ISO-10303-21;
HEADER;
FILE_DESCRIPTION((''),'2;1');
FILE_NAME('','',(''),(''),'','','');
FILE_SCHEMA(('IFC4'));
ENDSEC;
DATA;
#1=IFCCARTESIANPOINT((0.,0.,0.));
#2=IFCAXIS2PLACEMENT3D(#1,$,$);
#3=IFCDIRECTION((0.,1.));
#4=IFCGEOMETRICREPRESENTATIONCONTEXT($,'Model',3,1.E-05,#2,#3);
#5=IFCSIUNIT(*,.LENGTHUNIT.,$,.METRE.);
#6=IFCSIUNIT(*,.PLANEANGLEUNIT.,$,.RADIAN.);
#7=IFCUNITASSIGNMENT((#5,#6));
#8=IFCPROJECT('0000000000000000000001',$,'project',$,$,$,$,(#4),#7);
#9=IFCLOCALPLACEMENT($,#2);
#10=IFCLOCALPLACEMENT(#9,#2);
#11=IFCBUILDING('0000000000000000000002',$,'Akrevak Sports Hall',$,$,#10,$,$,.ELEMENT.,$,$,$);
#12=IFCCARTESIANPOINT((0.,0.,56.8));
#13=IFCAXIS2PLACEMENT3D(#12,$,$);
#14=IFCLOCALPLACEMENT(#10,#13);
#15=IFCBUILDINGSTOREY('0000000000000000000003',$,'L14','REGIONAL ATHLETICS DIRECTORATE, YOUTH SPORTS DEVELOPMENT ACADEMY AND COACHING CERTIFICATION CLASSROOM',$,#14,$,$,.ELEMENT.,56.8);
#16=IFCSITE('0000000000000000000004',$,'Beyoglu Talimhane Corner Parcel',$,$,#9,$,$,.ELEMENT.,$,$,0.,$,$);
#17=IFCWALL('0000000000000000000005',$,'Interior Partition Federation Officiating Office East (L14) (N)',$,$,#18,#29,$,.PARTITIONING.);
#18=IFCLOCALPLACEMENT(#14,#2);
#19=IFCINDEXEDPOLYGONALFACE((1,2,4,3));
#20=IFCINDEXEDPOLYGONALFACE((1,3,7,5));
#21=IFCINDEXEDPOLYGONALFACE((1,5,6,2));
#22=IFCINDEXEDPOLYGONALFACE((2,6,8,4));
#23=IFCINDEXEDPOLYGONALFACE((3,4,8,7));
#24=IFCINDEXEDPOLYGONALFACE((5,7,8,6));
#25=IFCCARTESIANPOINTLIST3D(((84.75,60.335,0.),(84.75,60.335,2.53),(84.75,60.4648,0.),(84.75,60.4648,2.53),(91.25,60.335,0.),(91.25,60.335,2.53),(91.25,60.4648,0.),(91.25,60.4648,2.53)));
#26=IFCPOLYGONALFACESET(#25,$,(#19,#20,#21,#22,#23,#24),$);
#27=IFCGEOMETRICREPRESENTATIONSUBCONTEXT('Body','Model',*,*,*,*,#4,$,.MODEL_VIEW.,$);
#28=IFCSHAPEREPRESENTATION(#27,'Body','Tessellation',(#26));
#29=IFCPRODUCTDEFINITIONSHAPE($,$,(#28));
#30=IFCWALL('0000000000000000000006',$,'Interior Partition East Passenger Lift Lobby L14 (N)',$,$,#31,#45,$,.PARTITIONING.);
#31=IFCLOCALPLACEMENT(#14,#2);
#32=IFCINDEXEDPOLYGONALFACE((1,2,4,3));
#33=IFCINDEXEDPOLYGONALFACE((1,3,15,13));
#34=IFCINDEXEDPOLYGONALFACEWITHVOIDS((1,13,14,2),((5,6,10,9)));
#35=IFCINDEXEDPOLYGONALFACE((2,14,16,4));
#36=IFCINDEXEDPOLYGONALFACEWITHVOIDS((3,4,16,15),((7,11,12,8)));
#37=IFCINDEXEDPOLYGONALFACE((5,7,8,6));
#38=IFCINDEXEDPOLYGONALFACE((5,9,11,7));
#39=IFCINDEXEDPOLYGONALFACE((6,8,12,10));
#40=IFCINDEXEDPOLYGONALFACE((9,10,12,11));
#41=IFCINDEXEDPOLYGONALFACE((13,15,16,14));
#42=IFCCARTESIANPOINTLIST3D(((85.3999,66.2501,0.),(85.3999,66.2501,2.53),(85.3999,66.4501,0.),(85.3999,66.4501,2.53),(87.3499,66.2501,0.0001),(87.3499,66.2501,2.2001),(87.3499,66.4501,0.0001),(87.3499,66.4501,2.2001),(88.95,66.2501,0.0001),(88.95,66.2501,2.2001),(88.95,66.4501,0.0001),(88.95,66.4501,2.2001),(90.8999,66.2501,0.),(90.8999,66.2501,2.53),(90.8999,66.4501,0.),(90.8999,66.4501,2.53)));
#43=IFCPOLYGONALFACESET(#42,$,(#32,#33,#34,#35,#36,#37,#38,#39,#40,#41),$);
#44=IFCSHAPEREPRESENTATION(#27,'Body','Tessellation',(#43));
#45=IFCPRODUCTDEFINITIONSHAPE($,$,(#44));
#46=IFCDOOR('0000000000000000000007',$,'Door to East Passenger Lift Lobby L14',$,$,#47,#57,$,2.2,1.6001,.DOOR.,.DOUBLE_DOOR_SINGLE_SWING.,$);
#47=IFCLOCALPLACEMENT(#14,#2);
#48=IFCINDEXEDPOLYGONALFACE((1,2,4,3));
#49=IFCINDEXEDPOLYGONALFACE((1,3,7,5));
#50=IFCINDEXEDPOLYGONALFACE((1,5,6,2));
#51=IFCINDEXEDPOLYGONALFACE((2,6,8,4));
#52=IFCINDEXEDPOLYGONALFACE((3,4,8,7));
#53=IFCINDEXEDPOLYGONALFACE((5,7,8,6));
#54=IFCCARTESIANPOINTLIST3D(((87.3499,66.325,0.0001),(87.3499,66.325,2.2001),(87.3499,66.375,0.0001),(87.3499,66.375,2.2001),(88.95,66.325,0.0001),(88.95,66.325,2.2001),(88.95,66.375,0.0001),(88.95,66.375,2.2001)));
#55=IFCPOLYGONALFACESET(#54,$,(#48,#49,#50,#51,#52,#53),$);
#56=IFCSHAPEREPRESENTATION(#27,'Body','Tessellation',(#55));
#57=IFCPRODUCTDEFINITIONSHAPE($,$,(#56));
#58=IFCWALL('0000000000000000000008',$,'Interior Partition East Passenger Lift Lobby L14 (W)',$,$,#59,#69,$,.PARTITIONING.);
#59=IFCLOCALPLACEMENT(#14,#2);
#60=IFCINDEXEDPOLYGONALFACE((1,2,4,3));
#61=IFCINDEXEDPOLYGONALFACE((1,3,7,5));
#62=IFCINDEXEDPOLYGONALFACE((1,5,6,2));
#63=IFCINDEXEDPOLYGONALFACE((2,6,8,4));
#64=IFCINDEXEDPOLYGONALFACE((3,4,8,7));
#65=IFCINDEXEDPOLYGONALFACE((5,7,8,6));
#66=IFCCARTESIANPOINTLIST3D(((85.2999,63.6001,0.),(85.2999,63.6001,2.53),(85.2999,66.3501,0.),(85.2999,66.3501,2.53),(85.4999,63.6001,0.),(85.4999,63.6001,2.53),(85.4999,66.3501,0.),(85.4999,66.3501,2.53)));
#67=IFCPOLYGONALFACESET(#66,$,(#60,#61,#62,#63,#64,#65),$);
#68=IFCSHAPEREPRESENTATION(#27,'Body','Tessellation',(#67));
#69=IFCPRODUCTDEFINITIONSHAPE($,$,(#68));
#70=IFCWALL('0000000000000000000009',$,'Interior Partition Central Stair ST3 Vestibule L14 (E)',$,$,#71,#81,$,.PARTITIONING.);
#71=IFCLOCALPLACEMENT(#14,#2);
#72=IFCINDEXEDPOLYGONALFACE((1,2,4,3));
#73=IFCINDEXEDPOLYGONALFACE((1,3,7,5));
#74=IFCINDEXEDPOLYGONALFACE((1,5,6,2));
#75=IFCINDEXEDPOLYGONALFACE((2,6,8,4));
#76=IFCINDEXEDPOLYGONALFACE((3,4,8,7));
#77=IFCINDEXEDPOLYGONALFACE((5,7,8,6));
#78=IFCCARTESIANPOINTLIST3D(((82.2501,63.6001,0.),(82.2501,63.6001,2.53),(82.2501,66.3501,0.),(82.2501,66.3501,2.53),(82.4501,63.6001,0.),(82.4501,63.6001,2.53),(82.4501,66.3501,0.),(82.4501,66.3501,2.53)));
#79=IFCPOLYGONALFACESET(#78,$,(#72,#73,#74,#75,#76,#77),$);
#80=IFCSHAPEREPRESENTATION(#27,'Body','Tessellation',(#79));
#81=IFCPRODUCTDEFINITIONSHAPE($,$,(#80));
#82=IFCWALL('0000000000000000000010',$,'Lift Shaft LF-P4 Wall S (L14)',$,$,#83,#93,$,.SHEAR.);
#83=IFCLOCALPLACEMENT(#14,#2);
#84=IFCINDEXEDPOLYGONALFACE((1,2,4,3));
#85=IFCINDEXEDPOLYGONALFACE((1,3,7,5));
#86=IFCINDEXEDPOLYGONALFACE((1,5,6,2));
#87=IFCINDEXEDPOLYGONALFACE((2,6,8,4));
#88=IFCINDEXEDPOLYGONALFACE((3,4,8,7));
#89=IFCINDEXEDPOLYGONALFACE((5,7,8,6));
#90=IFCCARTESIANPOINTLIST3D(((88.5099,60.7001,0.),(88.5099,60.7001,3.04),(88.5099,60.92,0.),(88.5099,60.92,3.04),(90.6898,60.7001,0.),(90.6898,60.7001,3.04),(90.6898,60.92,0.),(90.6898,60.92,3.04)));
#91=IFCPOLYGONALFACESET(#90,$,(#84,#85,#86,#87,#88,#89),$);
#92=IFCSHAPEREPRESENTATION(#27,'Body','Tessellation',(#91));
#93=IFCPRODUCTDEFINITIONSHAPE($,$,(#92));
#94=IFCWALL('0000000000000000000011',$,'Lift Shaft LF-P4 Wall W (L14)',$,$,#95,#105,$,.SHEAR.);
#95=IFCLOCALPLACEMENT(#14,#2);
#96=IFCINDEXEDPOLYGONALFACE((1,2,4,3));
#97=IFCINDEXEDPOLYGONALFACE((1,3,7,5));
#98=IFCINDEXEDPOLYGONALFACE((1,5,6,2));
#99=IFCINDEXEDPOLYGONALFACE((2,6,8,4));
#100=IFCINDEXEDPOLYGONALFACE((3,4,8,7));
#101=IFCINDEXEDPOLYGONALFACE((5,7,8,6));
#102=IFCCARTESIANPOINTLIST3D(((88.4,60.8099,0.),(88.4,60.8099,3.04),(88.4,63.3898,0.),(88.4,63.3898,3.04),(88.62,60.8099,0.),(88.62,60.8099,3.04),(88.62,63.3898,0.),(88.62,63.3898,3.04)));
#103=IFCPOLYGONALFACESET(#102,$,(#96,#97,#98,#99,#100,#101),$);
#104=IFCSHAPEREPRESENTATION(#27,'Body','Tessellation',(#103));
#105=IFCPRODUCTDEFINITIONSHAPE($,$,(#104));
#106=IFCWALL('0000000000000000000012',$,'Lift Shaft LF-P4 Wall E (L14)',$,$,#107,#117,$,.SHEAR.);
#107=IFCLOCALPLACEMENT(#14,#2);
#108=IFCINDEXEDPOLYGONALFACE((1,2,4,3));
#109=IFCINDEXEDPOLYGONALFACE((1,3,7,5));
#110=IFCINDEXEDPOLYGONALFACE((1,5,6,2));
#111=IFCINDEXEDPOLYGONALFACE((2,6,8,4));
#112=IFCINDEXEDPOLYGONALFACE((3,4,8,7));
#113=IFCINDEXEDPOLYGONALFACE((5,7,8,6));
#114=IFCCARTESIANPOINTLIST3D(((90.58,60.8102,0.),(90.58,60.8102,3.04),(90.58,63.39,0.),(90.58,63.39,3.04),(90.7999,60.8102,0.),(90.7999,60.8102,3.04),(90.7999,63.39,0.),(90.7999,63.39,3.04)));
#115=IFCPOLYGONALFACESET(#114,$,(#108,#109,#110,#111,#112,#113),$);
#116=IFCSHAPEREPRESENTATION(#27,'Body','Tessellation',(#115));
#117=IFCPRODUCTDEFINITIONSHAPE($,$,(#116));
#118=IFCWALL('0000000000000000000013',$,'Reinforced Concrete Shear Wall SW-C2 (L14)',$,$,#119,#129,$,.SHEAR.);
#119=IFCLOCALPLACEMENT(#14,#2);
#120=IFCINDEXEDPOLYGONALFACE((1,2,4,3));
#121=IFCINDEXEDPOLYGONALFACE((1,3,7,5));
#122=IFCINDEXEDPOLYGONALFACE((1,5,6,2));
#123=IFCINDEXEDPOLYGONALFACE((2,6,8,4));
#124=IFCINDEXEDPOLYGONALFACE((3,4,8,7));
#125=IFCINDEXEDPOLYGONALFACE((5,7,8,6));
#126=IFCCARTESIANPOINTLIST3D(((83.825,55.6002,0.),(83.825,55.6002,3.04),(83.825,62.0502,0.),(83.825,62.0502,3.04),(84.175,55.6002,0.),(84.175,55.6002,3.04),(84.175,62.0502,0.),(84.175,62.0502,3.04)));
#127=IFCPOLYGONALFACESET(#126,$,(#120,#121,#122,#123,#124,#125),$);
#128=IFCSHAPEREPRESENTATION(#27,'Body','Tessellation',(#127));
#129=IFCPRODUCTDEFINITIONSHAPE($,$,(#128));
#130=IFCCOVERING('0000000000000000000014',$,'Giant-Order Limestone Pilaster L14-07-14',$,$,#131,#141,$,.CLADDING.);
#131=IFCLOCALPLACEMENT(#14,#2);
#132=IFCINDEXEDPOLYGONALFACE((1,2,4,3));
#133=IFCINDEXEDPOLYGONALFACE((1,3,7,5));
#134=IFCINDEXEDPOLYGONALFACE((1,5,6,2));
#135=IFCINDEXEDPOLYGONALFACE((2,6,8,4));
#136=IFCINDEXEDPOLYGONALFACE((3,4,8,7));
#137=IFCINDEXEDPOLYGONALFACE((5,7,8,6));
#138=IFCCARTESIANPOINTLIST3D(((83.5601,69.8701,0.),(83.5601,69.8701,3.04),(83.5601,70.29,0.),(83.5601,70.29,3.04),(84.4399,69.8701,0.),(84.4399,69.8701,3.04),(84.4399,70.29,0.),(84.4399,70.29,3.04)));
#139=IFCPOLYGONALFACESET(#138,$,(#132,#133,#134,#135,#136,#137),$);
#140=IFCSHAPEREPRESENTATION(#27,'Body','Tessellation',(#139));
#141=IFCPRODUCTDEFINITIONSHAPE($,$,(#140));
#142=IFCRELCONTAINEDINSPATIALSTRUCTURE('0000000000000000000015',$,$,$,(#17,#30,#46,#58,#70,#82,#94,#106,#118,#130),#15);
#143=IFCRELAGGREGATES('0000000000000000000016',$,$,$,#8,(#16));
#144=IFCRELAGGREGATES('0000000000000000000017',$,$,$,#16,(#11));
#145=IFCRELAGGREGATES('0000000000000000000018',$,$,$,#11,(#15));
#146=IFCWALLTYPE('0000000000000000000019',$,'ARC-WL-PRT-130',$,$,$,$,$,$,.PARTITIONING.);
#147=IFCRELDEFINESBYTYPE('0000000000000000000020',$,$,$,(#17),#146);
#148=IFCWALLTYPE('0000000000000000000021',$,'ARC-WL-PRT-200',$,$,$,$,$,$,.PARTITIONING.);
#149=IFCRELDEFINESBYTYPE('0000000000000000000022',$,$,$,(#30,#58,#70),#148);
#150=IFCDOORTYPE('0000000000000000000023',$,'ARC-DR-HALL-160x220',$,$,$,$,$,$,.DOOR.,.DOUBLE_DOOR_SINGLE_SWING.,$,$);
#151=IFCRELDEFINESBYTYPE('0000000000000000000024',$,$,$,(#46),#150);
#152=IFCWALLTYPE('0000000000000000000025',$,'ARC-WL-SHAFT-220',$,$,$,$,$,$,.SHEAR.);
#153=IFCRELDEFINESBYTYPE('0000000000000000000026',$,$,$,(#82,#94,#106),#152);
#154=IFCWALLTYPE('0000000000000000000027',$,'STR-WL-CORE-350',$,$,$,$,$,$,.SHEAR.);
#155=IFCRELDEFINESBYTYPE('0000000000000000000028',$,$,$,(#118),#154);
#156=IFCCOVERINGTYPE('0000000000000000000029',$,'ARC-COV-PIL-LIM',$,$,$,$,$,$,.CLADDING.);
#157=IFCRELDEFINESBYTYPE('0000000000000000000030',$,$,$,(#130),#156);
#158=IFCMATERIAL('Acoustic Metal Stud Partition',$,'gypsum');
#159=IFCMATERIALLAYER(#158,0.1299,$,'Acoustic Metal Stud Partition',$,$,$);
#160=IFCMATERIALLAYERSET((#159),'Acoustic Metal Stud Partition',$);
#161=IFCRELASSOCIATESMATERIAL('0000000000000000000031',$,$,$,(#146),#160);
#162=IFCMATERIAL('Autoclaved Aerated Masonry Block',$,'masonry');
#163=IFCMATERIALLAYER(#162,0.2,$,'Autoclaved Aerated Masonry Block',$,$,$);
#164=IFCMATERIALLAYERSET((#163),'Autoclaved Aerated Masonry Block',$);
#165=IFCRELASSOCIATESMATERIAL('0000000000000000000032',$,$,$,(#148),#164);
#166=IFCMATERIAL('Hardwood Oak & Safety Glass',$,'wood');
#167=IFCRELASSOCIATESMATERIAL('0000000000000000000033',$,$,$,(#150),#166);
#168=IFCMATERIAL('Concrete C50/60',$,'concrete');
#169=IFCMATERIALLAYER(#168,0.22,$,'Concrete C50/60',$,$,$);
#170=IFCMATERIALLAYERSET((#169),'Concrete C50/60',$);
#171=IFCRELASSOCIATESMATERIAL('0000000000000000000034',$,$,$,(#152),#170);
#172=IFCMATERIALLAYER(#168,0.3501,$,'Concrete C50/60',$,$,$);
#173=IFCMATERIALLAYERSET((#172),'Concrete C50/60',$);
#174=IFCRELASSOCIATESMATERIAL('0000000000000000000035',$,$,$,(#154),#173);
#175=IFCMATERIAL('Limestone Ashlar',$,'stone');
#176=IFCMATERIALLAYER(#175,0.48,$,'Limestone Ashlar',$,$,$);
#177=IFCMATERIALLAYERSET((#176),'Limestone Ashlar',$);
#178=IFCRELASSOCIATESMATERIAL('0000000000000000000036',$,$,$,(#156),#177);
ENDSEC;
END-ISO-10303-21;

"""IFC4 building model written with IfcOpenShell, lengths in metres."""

from ifc_helpers import new_model, si_unit, direction, frame, frame_2d, origin, origin_2d, place, context, subcontext, project, spatial, rectangle, extrude, material, layer, layer_set, type_object, element, fill, save


model = new_model("IFC4")

# Units and contexts
model_context = context("Model", 3, precision=1e-05, world=origin(), true_north=direction((0.0, 1.0)))
body_context = subcontext(model_context, "Body", "Model", "MODEL_VIEW")
ifc_project = project(units=[si_unit("LENGTHUNIT", "METRE"), si_unit("PLANEANGLEUNIT", "RADIAN")], contexts=[model_context])

# Site, building, storey
site_placement = place(None, origin())
site = spatial("IfcSite", under=ifc_project, at=site_placement, Name="Beyoglu Talimhane Corner Parcel", CompositionType="ELEMENT", RefElevation=0.0)
building_placement = place(site_placement, origin())
building = spatial("IfcBuilding", under=site, at=building_placement, Name="Akrevak Sports Hall", CompositionType="ELEMENT")
storey_placement = place(building_placement, frame((0.0, 0.0, 56.8)))
storey = spatial("IfcBuildingStorey", under=building, at=storey_placement, Name="L14", Description="REGIONAL ATHLETICS DIRECTORATE, YOUTH SPORTS DEVELOPMENT ACADEMY AND COACHING CERTIFICATION CLASSROOM", CompositionType="ELEMENT", Elevation=56.8)

# Wall
ifc_material_1 = material(Name="Acoustic Metal Stud Partition", Category="gypsum")
ifc_layer_1 = layer(ifc_material_1, 0.1299, Name="Acoustic Metal Stud Partition")
ifc_layer_set_1 = layer_set([ifc_layer_1], Name="Acoustic Metal Stud Partition")
wall_type_1 = type_object("IfcWallType", Name="ARC-WL-PRT-130", PredefinedType="PARTITIONING", material=ifc_layer_set_1)
wall_1_placement = place(storey_placement, frame((84.75, 60.3999, 0.0), z_axis=(0.0, 0.0, 1.0), x_axis=(1.0, 0.0, 0.0)))
element("IfcWall", 1, at=wall_1_placement, inside=storey, type_object=wall_type_1, Name="Interior Partition Federation Officiating Office East (L14) (N)", PredefinedType="PARTITIONING", context=body_context, shape_type="SweptSolid", body=[
    extrude(rectangle(XDim=6.5, YDim=0.1299, at=frame_2d((3.25, 0.0))), origin(), (0.0, 0.0, 1.0), 2.53),
])

# Wall, opening, door
ifc_material_2 = material(Name="Autoclaved Aerated Masonry Block", Category="masonry")
ifc_layer_2 = layer(ifc_material_2, 0.2, Name="Autoclaved Aerated Masonry Block")
ifc_layer_set_2 = layer_set([ifc_layer_2], Name="Autoclaved Aerated Masonry Block")
wall_type_2 = type_object("IfcWallType", Name="ARC-WL-PRT-200", PredefinedType="PARTITIONING", material=ifc_layer_set_2)
wall_2_placement = place(storey_placement, frame((85.3999, 66.3501, 0.0), z_axis=(0.0, 0.0, 1.0), x_axis=(1.0, 0.0, 0.0)))
wall_2 = element("IfcWall", 2, at=wall_2_placement, inside=storey, type_object=wall_type_2, Name="Interior Partition East Passenger Lift Lobby L14 (N)", PredefinedType="PARTITIONING", context=body_context, shape_type="SweptSolid", body=[
    extrude(rectangle(XDim=5.5, YDim=0.2, at=frame_2d((2.75, 0.0))), origin(), (0.0, 0.0, 1.0), 2.53),
])
opening_placement = place(wall_2_placement, frame((1.95, 0.0, 0.0)))
opening = element("IfcOpeningElement", 3, at=opening_placement, cuts=wall_2, PredefinedType="OPENING", context=body_context, shape_type="SweptSolid", body=[
    extrude(rectangle(XDim=1.6001, YDim=2.2, at=frame_2d((0.8, 1.1001))), frame((0.0, 0.1118, 0.0), z_axis=(0.0, -1.0, 0.0), x_axis=(1.0, 0.0, 0.0)), (0.0, 0.0, 1.0), 0.2239),
])
ifc_material_3 = material(Name="Hardwood Oak & Safety Glass", Category="wood")
door_type = type_object("IfcDoorType", Name="ARC-DR-HALL-160x220", OperationType="DOUBLE_DOOR_SINGLE_SWING", PredefinedType="DOOR", material=ifc_material_3)
door_placement = place(opening_placement, origin())
door = element("IfcDoor", 4, at=door_placement, inside=storey, type_object=door_type, Name="Door to East Passenger Lift Lobby L14", OperationType="DOUBLE_DOOR_SINGLE_SWING", OverallHeight=2.2, OverallWidth=1.6001, PredefinedType="DOOR", context=body_context, shape_type="SweptSolid", body=[
    extrude(rectangle(XDim=1.6001, YDim=2.2, at=frame_2d((0.8, 1.1001))), frame((0.0, 0.0249, 0.0), z_axis=(0.0, -1.0, 0.0), x_axis=(1.0, 0.0, 0.0)), (0.0, 0.0, 1.0), 0.05),
])
fill(opening, door)

# Walls
for number, where, z_axis, x_axis, name in (
    (5, (85.3999, 63.6001, 0.0), (0.0, 0.0, 1.0), (0.0, 1.0, 0.0), "Interior Partition East Passenger Lift Lobby L14 (W)"),
    (6, (82.3501, 63.6001, 0.0), (0.0, 0.0, 1.0), (0.0, 1.0, 0.0), "Interior Partition Central Stair ST3 Vestibule L14 (E)"),
):
    element("IfcWall", number, at=place(storey_placement, frame(where, z_axis=z_axis, x_axis=x_axis)), inside=storey, type_object=wall_type_2, Name=name, PredefinedType="PARTITIONING", context=body_context, shape_type="SweptSolid", body=[
        extrude(rectangle(XDim=2.75, YDim=0.2, at=frame_2d((1.375, 0.0))), origin(), (0.0, 0.0, 1.0), 2.53),
    ])
ifc_material_4 = material(Name="Concrete C50/60", Category="concrete")
ifc_layer_3 = layer(ifc_material_4, 0.22, Name="Concrete C50/60")
ifc_layer_set_3 = layer_set([ifc_layer_3], Name="Concrete C50/60")
wall_type_3 = type_object("IfcWallType", Name="ARC-WL-SHAFT-220", PredefinedType="SHEAR", material=ifc_layer_set_3)
wall_3_placement = place(storey_placement, frame((88.51, 60.8101, 0.0), z_axis=(0.0, 0.0, 1.0), x_axis=(1.0, 0.0, 0.0)))
element("IfcWall", 7, at=wall_3_placement, inside=storey, type_object=wall_type_3, Name="Lift Shaft LF-P4 Wall S (L14)", PredefinedType="SHEAR", context=body_context, shape_type="SweptSolid", body=[
    extrude(rectangle(XDim=2.1799, YDim=0.22, at=frame_2d((1.0898, 0.0))), origin(), (0.0, 0.0, 1.0), 3.04),
])
for number, where, z_axis, x_axis, name in (
    (8, (88.51, 63.3899, 0.0), (0.0, 0.0, 1.0), (0.0, -1.0, 0.0), "Lift Shaft LF-P4 Wall W (L14)"),
    (9, (90.6899, 60.8101, 0.0), (0.0, 0.0, 1.0), (0.0, 1.0, 0.0), "Lift Shaft LF-P4 Wall E (L14)"),
):
    element("IfcWall", number, at=place(storey_placement, frame(where, z_axis=z_axis, x_axis=x_axis)), inside=storey, type_object=wall_type_3, Name=name, PredefinedType="SHEAR", context=body_context, shape_type="SweptSolid", body=[
        extrude(rectangle(XDim=2.5798, YDim=0.22, at=frame_2d((1.29, 0.0))), origin(), (0.0, 0.0, 1.0), 3.04),
    ])
ifc_layer_4 = layer(ifc_material_4, 0.3501, Name="Concrete C50/60")
ifc_layer_set_4 = layer_set([ifc_layer_4], Name="Concrete C50/60")
wall_type_4 = type_object("IfcWallType", Name="STR-WL-CORE-350", PredefinedType="SHEAR", material=ifc_layer_set_4)
wall_4_placement = place(storey_placement, frame((84.0, 55.6001, 0.0), z_axis=(0.0, 0.0, 1.0), x_axis=(0.0, 1.0, 0.0)))
element("IfcWall", 10, at=wall_4_placement, inside=storey, type_object=wall_type_4, Name="Reinforced Concrete Shear Wall SW-C2 (L14)", PredefinedType="SHEAR", context=body_context, shape_type="SweptSolid", body=[
    extrude(rectangle(XDim=6.45, YDim=0.3501, at=frame_2d((3.2251, 0.0))), origin(), (0.0, 0.0, 1.0), 3.04),
])

# Covering
ifc_material_5 = material(Name="Limestone Ashlar", Category="stone")
ifc_layer_5 = layer(ifc_material_5, 0.48, Name="Limestone Ashlar")
ifc_layer_set_5 = layer_set([ifc_layer_5], Name="Limestone Ashlar")
covering_type = type_object("IfcCoveringType", Name="ARC-COV-PIL-LIM", PredefinedType="CLADDING", material=ifc_layer_set_5)
covering_placement = place(storey_placement, frame((84.0, 70.0801, 0.0), z_axis=(0.0, 0.0, 1.0), x_axis=(-1.0, 0.0, 0.0)))
element("IfcCovering", 11, at=covering_placement, inside=storey, type_object=covering_type, Name="Giant-Order Limestone Pilaster L14-07-14", PredefinedType="CLADDING", context=body_context, shape_type="SweptSolid", body=[
    extrude(rectangle(XDim=0.8799, YDim=0.4199, at=origin_2d()), origin(), (0.0, 0.0, 1.0), 3.04),
])

save(model, "model.ifc")
